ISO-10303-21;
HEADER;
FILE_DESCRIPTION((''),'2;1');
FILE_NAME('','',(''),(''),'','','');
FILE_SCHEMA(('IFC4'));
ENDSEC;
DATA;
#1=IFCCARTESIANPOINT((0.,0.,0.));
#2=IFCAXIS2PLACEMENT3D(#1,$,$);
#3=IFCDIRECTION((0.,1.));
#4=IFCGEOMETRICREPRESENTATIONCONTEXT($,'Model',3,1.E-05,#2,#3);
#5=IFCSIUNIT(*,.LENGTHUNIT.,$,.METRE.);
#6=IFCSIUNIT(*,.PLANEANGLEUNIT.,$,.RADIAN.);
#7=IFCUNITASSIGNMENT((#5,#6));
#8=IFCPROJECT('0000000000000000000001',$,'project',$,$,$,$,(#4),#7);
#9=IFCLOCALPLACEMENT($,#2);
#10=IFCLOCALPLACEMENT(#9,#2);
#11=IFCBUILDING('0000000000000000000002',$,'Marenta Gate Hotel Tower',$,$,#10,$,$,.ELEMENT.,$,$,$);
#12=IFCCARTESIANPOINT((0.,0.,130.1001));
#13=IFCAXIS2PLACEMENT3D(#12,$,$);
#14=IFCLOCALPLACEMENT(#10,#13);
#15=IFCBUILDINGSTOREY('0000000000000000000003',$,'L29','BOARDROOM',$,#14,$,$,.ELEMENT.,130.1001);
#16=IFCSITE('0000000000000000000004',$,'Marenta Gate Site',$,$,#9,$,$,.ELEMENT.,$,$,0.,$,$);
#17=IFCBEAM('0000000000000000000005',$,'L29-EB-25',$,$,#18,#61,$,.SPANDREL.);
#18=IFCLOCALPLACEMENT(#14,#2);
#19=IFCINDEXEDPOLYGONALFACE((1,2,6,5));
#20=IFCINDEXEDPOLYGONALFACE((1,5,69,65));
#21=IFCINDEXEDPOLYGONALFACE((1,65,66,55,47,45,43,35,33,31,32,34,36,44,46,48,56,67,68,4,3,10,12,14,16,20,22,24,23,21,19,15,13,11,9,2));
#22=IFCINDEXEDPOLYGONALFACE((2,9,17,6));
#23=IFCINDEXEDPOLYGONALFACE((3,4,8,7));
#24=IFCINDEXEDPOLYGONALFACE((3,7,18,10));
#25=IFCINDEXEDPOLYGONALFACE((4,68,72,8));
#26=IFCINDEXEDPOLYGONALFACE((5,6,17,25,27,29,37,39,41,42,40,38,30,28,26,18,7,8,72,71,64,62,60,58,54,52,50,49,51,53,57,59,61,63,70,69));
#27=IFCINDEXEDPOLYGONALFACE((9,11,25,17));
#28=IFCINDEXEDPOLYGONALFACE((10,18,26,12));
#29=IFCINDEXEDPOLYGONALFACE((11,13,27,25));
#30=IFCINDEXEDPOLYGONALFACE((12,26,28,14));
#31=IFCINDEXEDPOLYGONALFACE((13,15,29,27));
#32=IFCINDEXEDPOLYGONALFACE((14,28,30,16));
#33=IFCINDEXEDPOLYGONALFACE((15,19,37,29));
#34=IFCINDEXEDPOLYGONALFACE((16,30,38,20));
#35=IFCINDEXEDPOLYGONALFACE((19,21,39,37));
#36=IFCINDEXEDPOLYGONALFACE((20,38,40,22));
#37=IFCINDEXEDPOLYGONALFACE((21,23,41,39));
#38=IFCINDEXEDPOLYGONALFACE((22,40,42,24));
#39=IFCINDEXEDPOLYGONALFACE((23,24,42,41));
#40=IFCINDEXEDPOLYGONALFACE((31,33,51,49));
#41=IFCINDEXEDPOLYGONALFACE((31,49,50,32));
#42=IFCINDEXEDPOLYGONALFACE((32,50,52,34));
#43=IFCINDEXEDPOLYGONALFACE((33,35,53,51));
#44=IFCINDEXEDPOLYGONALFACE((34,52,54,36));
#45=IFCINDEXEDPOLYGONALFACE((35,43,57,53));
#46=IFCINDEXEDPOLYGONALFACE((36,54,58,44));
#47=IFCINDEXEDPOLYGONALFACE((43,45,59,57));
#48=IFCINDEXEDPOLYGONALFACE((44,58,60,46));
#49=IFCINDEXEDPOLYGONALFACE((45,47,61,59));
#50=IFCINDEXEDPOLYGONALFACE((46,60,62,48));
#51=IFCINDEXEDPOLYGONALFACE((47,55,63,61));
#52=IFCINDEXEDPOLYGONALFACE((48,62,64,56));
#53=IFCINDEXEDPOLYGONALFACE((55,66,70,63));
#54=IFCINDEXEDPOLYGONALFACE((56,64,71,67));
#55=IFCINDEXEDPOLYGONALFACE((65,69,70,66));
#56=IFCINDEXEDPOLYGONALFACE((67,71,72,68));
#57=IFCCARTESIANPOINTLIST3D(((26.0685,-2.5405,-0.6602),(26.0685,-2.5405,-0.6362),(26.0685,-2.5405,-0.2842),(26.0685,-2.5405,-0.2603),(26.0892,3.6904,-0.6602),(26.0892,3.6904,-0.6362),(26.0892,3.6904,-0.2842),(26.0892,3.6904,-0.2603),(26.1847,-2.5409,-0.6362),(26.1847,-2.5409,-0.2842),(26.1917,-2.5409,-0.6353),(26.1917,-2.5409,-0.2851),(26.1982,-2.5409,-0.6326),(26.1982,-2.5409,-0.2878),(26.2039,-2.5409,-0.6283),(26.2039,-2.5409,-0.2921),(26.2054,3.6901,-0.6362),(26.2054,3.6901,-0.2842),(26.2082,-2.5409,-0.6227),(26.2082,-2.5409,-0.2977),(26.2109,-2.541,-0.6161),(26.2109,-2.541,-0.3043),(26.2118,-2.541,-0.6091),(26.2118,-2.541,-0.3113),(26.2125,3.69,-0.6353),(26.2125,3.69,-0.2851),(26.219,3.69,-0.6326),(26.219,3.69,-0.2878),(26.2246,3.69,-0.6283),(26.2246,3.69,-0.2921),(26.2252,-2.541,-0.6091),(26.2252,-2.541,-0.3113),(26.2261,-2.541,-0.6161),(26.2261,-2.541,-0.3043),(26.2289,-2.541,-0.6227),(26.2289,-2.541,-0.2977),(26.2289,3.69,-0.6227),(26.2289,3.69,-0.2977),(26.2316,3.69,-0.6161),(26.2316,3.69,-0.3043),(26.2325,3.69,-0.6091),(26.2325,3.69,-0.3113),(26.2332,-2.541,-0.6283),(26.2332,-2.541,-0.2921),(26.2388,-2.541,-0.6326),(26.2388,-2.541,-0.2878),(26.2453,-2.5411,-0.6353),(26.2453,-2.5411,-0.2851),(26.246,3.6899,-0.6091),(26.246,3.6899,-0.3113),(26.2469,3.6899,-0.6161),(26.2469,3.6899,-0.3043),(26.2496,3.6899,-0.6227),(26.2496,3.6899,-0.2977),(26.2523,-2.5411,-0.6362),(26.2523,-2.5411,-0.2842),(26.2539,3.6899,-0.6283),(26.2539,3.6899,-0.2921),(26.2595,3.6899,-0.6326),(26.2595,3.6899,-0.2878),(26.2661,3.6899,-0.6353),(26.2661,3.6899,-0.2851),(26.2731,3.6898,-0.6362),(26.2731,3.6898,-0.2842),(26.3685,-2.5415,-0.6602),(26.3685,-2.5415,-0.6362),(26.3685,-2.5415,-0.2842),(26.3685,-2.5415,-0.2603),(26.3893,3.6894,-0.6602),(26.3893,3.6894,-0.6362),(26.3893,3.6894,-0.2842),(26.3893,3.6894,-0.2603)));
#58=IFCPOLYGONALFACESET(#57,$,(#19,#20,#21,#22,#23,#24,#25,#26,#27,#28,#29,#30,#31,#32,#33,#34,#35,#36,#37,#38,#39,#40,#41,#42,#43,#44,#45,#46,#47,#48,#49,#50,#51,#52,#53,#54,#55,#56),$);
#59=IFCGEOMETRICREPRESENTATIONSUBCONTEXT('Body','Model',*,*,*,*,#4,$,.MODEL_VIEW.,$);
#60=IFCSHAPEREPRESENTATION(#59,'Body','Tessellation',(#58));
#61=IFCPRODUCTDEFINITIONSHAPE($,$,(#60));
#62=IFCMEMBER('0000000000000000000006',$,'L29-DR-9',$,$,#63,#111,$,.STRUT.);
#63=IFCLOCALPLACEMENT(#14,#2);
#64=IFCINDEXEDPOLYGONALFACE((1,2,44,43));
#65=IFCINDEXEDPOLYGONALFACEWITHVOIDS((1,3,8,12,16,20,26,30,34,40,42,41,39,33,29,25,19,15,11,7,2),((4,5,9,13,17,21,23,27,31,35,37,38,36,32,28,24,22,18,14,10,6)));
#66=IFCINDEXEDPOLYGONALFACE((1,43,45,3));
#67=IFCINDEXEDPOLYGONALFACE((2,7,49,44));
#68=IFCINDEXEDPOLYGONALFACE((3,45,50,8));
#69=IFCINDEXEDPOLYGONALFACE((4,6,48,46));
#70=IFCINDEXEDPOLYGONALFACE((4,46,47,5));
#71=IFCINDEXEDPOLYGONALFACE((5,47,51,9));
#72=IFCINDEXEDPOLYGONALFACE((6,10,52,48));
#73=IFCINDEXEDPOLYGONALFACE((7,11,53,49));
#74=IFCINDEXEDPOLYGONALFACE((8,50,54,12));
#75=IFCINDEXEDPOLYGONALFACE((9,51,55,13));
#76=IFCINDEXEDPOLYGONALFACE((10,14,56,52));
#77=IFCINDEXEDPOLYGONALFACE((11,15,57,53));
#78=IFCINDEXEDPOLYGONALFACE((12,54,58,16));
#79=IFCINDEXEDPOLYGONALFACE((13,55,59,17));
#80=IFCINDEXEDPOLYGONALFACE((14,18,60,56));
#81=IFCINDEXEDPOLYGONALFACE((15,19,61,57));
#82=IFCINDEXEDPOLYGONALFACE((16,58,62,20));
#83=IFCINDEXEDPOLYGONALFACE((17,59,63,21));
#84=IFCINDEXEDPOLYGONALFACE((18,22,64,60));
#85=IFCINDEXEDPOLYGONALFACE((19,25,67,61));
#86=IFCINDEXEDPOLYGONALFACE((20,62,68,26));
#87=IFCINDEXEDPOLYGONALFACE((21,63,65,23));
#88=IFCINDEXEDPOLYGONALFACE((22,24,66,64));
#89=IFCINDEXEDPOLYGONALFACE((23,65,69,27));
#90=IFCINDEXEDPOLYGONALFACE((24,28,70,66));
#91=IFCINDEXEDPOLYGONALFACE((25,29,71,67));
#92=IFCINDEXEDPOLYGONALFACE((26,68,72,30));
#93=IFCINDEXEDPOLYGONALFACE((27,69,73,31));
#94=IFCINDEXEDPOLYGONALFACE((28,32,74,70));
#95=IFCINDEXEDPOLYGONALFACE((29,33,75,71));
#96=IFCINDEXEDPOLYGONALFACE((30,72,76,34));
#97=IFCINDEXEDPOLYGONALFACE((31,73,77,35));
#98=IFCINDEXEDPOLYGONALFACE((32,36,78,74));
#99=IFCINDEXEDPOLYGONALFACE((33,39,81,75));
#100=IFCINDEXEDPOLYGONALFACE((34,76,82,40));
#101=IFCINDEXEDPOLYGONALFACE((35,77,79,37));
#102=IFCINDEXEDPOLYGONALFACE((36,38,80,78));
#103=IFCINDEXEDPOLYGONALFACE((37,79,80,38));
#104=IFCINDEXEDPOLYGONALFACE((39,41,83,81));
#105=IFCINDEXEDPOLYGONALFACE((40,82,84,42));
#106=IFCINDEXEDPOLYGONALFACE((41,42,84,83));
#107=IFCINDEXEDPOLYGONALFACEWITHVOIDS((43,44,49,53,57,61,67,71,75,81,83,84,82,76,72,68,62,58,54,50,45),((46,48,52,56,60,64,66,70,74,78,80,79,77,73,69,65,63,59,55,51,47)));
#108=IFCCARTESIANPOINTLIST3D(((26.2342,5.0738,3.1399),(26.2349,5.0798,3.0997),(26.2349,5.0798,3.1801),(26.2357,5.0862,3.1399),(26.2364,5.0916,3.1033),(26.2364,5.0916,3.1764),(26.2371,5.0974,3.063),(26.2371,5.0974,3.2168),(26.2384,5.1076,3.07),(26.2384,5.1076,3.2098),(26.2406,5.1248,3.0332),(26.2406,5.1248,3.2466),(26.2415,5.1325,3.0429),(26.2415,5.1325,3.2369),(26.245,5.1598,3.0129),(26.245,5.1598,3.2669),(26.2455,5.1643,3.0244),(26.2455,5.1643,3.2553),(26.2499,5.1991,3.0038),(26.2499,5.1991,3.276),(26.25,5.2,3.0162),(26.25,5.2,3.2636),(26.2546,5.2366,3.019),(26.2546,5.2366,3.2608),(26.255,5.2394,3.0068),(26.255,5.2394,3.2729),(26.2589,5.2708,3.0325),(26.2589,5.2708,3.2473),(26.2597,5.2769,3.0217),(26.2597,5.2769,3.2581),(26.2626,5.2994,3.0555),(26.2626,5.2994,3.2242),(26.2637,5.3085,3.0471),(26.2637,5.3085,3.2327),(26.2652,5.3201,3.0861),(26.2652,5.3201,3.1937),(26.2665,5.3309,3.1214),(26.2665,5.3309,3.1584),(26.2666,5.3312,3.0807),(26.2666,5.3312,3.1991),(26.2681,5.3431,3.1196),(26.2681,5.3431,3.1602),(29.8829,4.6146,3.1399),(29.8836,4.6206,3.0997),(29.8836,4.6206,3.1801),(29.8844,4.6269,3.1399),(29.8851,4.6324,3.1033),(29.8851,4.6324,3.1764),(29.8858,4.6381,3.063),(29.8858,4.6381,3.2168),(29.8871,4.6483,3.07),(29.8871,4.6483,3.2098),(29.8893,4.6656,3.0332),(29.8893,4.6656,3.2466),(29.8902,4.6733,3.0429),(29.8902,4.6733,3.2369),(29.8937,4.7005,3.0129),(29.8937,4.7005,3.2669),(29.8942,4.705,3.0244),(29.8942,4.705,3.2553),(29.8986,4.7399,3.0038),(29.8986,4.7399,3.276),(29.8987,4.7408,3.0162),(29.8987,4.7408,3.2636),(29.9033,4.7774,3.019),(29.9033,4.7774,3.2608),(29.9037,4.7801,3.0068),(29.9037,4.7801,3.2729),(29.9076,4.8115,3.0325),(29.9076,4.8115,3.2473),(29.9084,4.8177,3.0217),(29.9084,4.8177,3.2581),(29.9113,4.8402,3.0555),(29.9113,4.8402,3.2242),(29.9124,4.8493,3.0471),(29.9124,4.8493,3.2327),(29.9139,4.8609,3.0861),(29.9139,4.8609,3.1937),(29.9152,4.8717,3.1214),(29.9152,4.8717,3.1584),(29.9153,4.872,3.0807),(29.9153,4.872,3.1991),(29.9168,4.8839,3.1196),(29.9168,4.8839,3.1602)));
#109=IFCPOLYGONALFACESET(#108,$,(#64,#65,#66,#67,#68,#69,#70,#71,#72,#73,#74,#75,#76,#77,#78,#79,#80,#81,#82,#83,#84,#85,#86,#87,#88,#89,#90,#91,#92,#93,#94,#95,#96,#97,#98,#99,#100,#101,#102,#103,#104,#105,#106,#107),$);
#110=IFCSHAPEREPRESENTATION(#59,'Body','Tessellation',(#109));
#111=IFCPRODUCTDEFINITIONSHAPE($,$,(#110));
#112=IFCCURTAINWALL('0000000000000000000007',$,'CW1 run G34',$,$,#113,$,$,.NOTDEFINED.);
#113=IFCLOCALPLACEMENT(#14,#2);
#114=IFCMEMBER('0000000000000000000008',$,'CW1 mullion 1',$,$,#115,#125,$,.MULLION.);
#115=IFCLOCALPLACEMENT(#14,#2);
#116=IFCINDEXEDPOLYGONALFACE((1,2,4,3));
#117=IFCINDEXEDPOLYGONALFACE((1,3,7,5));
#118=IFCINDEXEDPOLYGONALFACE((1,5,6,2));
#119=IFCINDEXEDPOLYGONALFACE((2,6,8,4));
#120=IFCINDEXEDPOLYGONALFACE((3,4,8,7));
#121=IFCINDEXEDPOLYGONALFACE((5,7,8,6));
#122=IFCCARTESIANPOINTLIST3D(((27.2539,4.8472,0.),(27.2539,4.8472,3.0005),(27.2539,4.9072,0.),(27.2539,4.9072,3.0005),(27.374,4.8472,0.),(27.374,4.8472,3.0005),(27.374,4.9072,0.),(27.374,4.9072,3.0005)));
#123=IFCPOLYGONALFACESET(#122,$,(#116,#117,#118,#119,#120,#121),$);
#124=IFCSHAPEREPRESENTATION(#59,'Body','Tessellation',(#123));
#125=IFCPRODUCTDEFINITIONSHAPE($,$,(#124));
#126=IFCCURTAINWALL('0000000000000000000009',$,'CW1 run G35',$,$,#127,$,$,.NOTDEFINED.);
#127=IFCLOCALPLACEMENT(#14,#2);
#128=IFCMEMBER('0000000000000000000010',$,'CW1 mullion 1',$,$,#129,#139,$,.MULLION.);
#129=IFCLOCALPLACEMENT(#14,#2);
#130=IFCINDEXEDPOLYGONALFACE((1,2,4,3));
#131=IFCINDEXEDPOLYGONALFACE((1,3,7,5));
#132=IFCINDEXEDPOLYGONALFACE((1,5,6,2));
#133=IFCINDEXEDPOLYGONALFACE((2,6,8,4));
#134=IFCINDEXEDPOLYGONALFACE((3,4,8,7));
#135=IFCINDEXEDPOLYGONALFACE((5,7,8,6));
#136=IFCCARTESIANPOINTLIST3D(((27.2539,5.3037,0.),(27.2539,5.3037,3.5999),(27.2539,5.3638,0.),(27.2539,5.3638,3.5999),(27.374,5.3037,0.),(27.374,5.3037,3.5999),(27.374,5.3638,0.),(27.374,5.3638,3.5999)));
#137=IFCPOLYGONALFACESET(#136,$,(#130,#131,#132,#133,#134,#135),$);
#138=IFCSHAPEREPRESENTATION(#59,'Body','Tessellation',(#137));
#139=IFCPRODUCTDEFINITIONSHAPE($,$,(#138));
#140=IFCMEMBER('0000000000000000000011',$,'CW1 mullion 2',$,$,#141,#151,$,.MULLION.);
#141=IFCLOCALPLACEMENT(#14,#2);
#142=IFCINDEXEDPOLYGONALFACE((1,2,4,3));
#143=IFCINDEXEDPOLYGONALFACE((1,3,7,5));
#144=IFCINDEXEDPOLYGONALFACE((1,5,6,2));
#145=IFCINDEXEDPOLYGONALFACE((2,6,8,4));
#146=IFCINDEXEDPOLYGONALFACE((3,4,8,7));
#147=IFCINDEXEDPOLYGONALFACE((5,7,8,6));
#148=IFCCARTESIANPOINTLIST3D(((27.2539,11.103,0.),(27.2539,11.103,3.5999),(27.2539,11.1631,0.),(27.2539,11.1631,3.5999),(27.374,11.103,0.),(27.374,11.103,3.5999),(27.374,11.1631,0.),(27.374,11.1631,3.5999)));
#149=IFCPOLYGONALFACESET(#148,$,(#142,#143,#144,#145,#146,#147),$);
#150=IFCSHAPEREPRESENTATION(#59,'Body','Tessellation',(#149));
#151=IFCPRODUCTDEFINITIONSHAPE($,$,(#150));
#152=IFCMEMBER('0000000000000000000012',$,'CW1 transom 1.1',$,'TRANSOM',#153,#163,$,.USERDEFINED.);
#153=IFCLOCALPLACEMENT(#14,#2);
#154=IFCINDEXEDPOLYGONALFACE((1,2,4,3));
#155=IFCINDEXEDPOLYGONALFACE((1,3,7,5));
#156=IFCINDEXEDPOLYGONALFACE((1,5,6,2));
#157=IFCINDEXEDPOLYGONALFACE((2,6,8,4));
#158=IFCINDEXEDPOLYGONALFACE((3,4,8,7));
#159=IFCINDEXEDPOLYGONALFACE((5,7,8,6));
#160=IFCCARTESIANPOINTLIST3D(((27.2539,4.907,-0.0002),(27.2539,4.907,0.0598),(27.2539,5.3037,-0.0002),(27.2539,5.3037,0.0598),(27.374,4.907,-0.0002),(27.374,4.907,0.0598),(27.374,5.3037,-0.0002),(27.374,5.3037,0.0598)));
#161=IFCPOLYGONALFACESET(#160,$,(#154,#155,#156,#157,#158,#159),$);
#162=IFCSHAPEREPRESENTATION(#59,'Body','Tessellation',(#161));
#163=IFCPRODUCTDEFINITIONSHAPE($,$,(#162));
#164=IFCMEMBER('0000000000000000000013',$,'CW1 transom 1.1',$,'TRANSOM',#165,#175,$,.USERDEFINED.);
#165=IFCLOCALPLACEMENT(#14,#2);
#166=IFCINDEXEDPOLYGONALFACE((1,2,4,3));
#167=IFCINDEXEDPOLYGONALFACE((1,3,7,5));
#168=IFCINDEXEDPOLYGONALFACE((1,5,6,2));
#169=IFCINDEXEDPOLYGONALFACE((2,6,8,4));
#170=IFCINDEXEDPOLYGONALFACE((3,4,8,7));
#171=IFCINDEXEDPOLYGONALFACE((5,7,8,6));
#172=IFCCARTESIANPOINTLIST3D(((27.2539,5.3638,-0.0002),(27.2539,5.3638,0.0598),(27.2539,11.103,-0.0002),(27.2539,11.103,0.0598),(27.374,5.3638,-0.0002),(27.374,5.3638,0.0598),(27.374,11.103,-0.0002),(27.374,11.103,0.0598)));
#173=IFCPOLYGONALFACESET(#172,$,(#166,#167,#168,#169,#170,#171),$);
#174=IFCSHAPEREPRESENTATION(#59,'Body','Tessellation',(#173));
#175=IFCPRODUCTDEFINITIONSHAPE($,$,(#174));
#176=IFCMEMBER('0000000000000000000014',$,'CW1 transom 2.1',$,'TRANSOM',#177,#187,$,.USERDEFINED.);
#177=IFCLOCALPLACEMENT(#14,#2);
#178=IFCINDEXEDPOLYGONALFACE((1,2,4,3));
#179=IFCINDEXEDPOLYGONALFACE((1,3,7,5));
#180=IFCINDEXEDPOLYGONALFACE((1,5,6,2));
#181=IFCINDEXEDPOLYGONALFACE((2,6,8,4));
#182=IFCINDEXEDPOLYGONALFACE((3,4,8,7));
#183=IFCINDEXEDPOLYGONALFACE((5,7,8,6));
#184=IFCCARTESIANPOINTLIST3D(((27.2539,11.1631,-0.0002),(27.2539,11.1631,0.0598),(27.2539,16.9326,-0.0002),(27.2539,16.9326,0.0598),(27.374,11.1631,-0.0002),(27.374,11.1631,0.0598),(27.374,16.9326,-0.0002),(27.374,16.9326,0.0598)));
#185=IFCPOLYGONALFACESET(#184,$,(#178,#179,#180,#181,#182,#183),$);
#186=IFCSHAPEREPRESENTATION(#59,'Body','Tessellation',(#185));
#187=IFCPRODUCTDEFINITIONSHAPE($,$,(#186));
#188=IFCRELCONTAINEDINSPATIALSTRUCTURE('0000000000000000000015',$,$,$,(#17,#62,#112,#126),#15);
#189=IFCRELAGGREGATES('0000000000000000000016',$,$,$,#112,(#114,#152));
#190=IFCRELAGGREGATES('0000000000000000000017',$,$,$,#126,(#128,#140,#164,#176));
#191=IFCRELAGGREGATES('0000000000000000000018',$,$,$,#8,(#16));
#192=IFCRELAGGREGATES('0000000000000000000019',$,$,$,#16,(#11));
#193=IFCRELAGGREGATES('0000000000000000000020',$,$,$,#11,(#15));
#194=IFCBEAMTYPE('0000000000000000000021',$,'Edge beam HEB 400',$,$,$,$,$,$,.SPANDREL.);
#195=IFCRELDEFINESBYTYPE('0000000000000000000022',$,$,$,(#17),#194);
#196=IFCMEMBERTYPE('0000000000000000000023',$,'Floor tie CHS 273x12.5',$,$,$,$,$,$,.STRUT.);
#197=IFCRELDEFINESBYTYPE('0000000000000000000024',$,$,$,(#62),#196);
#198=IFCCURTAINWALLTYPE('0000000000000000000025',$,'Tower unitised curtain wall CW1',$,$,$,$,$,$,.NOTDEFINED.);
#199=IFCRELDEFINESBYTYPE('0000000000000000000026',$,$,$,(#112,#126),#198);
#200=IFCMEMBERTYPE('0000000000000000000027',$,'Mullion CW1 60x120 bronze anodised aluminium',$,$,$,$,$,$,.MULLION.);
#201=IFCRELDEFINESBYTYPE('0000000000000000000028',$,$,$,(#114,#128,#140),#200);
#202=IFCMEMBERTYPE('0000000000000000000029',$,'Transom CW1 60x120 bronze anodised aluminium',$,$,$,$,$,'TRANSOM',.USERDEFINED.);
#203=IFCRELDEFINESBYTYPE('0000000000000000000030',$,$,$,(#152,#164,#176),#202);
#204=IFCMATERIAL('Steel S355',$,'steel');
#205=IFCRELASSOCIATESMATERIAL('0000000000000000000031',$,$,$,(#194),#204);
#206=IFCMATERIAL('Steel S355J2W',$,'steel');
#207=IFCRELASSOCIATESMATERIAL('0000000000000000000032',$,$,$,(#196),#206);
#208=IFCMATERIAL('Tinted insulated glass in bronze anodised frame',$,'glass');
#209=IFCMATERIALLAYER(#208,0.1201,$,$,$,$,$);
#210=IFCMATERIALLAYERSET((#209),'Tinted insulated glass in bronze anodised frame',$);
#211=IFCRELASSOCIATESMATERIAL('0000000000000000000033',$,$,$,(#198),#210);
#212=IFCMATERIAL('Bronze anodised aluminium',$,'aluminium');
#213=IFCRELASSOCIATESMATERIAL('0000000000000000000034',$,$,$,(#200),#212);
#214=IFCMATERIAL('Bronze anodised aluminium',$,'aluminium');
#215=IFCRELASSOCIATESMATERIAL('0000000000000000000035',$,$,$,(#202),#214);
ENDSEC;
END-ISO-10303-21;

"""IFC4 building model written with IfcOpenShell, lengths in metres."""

from ifc_helpers import new_model, si_unit, direction, frame, origin, origin_2d, place, context, subcontext, project, spatial, rectangle, hollow_circle, i_section, extrude, material, layer, layer_set, material_profile, profile_set, type_object, element, aggregate, save


model = new_model("IFC4")

# Units and contexts
model_context = context("Model", 3, precision=1e-05, world=origin(), true_north=direction((0.0, 1.0)))
body_context = subcontext(model_context, "Body", "Model", "MODEL_VIEW")
ifc_project = project(units=[si_unit("LENGTHUNIT", "METRE"), si_unit("PLANEANGLEUNIT", "RADIAN")], contexts=[model_context])

# Site, building, storey
site_placement = place(None, origin())
site = spatial("IfcSite", under=ifc_project, at=site_placement, Name="Marenta Gate Site", CompositionType="ELEMENT", RefElevation=0.0)
building_placement = place(site_placement, origin())
building = spatial("IfcBuilding", under=site, at=building_placement, Name="Marenta Gate Hotel Tower", CompositionType="ELEMENT")
storey_placement = place(building_placement, frame((0.0, 0.0, 130.1001)))
storey = spatial("IfcBuildingStorey", under=building, at=storey_placement, Name="L29", Description="BOARDROOM", CompositionType="ELEMENT", Elevation=130.1001)

# Beam
ifc_material_1 = material(Name="Steel S355", Category="steel")
ifc_material_profile_1 = material_profile(ifc_material_1, i_section(OverallWidth=0.3, OverallDepth=0.3999, WebThickness=0.0134, FlangeThickness=0.0239, FilletRadius=0.0271, at=origin_2d()), Name="HEB 400")
ifc_profile_set_1 = profile_set([ifc_material_profile_1], Name="Steel S355")
beam_type = type_object("IfcBeamType", Name="Edge beam HEB 400", PredefinedType="SPANDREL", material=ifc_profile_set_1)
beam_1_placement = place(storey_placement, frame((26.2393, 3.6899, -0.4602), z_axis=(-0.00333, -0.999994, 0.0), x_axis=(0.999994, -0.00333, 0.0)))
element("IfcBeam", 1, at=beam_1_placement, inside=storey, type_object=beam_type, Name="L29-EB-25", PredefinedType="SPANDREL", context=body_context, shape_type="SweptSolid", body=[
    extrude(i_section(OverallWidth=0.3, OverallDepth=0.3999, WebThickness=0.0134, FlangeThickness=0.0239, FilletRadius=0.0271, at=origin_2d()), origin(), (0.0, 0.0, 1.0), 6.231),
])

# Member
ifc_material_2 = material(Name="Steel S355J2W", Category="steel")
ifc_material_profile_2 = material_profile(ifc_material_2, hollow_circle(Radius=0.1365, WallThickness=0.0125, at=origin_2d()), Name="CHS 273x12.5")
ifc_profile_set_2 = profile_set([ifc_material_profile_2], Name="Steel S355J2W")
member_type_1 = type_object("IfcMemberType", Name="Floor tie CHS 273x12.5", PredefinedType="STRUT", material=ifc_profile_set_2)
member_1_placement = place(storey_placement, frame((29.8999, 4.75, 3.1399), z_axis=(-0.992172, 0.124876, 0.0), x_axis=(-0.124876, -0.992172, 0.0)))
element("IfcMember", 2, at=member_1_placement, inside=storey, type_object=member_type_1, Name="L29-DR-9", PredefinedType="STRUT", context=body_context, shape_type="SweptSolid", body=[
    extrude(hollow_circle(Radius=0.1365, WallThickness=0.0125, at=origin_2d()), origin(), (0.0, 0.0, 1.0), 3.6775),
])

# Curtain wall, member
ifc_material_3 = material(Name="Tinted insulated glass in bronze anodised frame", Category="glass")
ifc_layer_1 = layer(ifc_material_3, 0.1201)
ifc_layer_set_1 = layer_set([ifc_layer_1], Name="Tinted insulated glass in bronze anodised frame")
curtain_wall_type = type_object("IfcCurtainWallType", Name="Tower unitised curtain wall CW1", PredefinedType="NOTDEFINED", material=ifc_layer_set_1)
curtain_wall_1_placement = place(storey_placement, origin())
curtain_wall_1 = element("IfcCurtainWall", 3, at=curtain_wall_1_placement, inside=storey, type_object=curtain_wall_type, Name="CW1 run G34", PredefinedType="NOTDEFINED")
ifc_material_4 = material(Name="Bronze anodised aluminium", Category="aluminium")
ifc_material_profile_3 = material_profile(ifc_material_4, rectangle(XDim=0.1201, YDim=0.0601, at=origin_2d()), Name="Mullion CW1 60x120 bronze anodised aluminium")
ifc_profile_set_3 = profile_set([ifc_material_profile_3], Name="Bronze anodised aluminium")
member_type_2 = type_object("IfcMemberType", Name="Mullion CW1 60x120 bronze anodised aluminium", PredefinedType="MULLION", material=ifc_profile_set_3)
member_2_placement = place(storey_placement, frame((27.314, 4.8772, 0.0), z_axis=(0.0, 0.0, 1.0), x_axis=(-1.0, 0.0, 0.0)))
member_2 = element("IfcMember", 4, at=member_2_placement, type_object=member_type_2, Name="CW1 mullion 1", PredefinedType="MULLION", context=body_context, shape_type="SweptSolid", body=[
    extrude(rectangle(XDim=0.1201, YDim=0.0601, at=origin_2d()), origin(), (0.0, 0.0, 1.0), 3.0005),
])

# Curtain wall, members
curtain_wall_2_placement = place(storey_placement, origin())
curtain_wall_2 = element("IfcCurtainWall", 5, at=curtain_wall_2_placement, inside=storey, type_object=curtain_wall_type, Name="CW1 run G35", PredefinedType="NOTDEFINED")
member_3_placement = place(storey_placement, frame((27.314, 5.3337, 0.0), z_axis=(0.0, 0.0, 1.0), x_axis=(-1.0, 0.0, 0.0)))
member_3 = element("IfcMember", 6, at=member_3_placement, type_object=member_type_2, Name="CW1 mullion 1", PredefinedType="MULLION", context=body_context, shape_type="SweptSolid", body=[
    extrude(rectangle(XDim=0.1201, YDim=0.0601, at=origin_2d()), origin(), (0.0, 0.0, 1.0), 3.5999),
])
member_4_placement = place(storey_placement, frame((27.314, 11.1331, 0.0), z_axis=(0.0, 0.0, 1.0), x_axis=(-1.0, 0.0, 0.0)))
member_4 = element("IfcMember", 7, at=member_4_placement, type_object=member_type_2, Name="CW1 mullion 2", PredefinedType="MULLION", context=body_context, shape_type="SweptSolid", body=[
    extrude(rectangle(XDim=0.1201, YDim=0.0601, at=origin_2d()), origin(), (0.0, 0.0, 1.0), 3.5999),
])

# Members
ifc_material_5 = material(Name="Bronze anodised aluminium", Category="aluminium")
ifc_material_profile_4 = material_profile(ifc_material_5, rectangle(XDim=0.1201, YDim=0.0601, at=origin_2d()), Name="Transom CW1 60x120 bronze anodised aluminium")
ifc_profile_set_4 = profile_set([ifc_material_profile_4], Name="Bronze anodised aluminium")
member_type_3 = type_object("IfcMemberType", Name="Transom CW1 60x120 bronze anodised aluminium", ElementType="TRANSOM", PredefinedType="USERDEFINED", material=ifc_profile_set_4)
member_5_placement = place(storey_placement, frame((27.314, 4.907, 0.0298), z_axis=(0.0, 1.0, 0.0), x_axis=(-1.0, 0.0, 0.0)))
member_5 = element("IfcMember", 8, at=member_5_placement, type_object=member_type_3, Name="CW1 transom 1.1", ObjectType="TRANSOM", PredefinedType="USERDEFINED", context=body_context, shape_type="SweptSolid", body=[
    extrude(rectangle(XDim=0.1201, YDim=0.0601, at=origin_2d()), origin(), (0.0, 0.0, 1.0), 0.3967),
])
member_6_placement = place(storey_placement, frame((27.314, 5.3638, 0.0298), z_axis=(0.0, 1.0, 0.0), x_axis=(-1.0, 0.0, 0.0)))
member_6 = element("IfcMember", 9, at=member_6_placement, type_object=member_type_3, Name="CW1 transom 1.1", ObjectType="TRANSOM", PredefinedType="USERDEFINED", context=body_context, shape_type="SweptSolid", body=[
    extrude(rectangle(XDim=0.1201, YDim=0.0601, at=origin_2d()), origin(), (0.0, 0.0, 1.0), 5.7393),
])
member_7_placement = place(storey_placement, frame((27.314, 11.1631, 0.0298), z_axis=(0.0, 1.0, 0.0), x_axis=(-1.0, 0.0, 0.0)))
member_7 = element("IfcMember", 10, at=member_7_placement, type_object=member_type_3, Name="CW1 transom 2.1", ObjectType="TRANSOM", PredefinedType="USERDEFINED", context=body_context, shape_type="SweptSolid", body=[
    extrude(rectangle(XDim=0.1201, YDim=0.0601, at=origin_2d()), origin(), (0.0, 0.0, 1.0), 5.7695),
])

aggregate(curtain_wall_1, [member_2, member_5])
aggregate(curtain_wall_2, [member_3, member_4, member_6, member_7])

save(model, "model.ifc")
